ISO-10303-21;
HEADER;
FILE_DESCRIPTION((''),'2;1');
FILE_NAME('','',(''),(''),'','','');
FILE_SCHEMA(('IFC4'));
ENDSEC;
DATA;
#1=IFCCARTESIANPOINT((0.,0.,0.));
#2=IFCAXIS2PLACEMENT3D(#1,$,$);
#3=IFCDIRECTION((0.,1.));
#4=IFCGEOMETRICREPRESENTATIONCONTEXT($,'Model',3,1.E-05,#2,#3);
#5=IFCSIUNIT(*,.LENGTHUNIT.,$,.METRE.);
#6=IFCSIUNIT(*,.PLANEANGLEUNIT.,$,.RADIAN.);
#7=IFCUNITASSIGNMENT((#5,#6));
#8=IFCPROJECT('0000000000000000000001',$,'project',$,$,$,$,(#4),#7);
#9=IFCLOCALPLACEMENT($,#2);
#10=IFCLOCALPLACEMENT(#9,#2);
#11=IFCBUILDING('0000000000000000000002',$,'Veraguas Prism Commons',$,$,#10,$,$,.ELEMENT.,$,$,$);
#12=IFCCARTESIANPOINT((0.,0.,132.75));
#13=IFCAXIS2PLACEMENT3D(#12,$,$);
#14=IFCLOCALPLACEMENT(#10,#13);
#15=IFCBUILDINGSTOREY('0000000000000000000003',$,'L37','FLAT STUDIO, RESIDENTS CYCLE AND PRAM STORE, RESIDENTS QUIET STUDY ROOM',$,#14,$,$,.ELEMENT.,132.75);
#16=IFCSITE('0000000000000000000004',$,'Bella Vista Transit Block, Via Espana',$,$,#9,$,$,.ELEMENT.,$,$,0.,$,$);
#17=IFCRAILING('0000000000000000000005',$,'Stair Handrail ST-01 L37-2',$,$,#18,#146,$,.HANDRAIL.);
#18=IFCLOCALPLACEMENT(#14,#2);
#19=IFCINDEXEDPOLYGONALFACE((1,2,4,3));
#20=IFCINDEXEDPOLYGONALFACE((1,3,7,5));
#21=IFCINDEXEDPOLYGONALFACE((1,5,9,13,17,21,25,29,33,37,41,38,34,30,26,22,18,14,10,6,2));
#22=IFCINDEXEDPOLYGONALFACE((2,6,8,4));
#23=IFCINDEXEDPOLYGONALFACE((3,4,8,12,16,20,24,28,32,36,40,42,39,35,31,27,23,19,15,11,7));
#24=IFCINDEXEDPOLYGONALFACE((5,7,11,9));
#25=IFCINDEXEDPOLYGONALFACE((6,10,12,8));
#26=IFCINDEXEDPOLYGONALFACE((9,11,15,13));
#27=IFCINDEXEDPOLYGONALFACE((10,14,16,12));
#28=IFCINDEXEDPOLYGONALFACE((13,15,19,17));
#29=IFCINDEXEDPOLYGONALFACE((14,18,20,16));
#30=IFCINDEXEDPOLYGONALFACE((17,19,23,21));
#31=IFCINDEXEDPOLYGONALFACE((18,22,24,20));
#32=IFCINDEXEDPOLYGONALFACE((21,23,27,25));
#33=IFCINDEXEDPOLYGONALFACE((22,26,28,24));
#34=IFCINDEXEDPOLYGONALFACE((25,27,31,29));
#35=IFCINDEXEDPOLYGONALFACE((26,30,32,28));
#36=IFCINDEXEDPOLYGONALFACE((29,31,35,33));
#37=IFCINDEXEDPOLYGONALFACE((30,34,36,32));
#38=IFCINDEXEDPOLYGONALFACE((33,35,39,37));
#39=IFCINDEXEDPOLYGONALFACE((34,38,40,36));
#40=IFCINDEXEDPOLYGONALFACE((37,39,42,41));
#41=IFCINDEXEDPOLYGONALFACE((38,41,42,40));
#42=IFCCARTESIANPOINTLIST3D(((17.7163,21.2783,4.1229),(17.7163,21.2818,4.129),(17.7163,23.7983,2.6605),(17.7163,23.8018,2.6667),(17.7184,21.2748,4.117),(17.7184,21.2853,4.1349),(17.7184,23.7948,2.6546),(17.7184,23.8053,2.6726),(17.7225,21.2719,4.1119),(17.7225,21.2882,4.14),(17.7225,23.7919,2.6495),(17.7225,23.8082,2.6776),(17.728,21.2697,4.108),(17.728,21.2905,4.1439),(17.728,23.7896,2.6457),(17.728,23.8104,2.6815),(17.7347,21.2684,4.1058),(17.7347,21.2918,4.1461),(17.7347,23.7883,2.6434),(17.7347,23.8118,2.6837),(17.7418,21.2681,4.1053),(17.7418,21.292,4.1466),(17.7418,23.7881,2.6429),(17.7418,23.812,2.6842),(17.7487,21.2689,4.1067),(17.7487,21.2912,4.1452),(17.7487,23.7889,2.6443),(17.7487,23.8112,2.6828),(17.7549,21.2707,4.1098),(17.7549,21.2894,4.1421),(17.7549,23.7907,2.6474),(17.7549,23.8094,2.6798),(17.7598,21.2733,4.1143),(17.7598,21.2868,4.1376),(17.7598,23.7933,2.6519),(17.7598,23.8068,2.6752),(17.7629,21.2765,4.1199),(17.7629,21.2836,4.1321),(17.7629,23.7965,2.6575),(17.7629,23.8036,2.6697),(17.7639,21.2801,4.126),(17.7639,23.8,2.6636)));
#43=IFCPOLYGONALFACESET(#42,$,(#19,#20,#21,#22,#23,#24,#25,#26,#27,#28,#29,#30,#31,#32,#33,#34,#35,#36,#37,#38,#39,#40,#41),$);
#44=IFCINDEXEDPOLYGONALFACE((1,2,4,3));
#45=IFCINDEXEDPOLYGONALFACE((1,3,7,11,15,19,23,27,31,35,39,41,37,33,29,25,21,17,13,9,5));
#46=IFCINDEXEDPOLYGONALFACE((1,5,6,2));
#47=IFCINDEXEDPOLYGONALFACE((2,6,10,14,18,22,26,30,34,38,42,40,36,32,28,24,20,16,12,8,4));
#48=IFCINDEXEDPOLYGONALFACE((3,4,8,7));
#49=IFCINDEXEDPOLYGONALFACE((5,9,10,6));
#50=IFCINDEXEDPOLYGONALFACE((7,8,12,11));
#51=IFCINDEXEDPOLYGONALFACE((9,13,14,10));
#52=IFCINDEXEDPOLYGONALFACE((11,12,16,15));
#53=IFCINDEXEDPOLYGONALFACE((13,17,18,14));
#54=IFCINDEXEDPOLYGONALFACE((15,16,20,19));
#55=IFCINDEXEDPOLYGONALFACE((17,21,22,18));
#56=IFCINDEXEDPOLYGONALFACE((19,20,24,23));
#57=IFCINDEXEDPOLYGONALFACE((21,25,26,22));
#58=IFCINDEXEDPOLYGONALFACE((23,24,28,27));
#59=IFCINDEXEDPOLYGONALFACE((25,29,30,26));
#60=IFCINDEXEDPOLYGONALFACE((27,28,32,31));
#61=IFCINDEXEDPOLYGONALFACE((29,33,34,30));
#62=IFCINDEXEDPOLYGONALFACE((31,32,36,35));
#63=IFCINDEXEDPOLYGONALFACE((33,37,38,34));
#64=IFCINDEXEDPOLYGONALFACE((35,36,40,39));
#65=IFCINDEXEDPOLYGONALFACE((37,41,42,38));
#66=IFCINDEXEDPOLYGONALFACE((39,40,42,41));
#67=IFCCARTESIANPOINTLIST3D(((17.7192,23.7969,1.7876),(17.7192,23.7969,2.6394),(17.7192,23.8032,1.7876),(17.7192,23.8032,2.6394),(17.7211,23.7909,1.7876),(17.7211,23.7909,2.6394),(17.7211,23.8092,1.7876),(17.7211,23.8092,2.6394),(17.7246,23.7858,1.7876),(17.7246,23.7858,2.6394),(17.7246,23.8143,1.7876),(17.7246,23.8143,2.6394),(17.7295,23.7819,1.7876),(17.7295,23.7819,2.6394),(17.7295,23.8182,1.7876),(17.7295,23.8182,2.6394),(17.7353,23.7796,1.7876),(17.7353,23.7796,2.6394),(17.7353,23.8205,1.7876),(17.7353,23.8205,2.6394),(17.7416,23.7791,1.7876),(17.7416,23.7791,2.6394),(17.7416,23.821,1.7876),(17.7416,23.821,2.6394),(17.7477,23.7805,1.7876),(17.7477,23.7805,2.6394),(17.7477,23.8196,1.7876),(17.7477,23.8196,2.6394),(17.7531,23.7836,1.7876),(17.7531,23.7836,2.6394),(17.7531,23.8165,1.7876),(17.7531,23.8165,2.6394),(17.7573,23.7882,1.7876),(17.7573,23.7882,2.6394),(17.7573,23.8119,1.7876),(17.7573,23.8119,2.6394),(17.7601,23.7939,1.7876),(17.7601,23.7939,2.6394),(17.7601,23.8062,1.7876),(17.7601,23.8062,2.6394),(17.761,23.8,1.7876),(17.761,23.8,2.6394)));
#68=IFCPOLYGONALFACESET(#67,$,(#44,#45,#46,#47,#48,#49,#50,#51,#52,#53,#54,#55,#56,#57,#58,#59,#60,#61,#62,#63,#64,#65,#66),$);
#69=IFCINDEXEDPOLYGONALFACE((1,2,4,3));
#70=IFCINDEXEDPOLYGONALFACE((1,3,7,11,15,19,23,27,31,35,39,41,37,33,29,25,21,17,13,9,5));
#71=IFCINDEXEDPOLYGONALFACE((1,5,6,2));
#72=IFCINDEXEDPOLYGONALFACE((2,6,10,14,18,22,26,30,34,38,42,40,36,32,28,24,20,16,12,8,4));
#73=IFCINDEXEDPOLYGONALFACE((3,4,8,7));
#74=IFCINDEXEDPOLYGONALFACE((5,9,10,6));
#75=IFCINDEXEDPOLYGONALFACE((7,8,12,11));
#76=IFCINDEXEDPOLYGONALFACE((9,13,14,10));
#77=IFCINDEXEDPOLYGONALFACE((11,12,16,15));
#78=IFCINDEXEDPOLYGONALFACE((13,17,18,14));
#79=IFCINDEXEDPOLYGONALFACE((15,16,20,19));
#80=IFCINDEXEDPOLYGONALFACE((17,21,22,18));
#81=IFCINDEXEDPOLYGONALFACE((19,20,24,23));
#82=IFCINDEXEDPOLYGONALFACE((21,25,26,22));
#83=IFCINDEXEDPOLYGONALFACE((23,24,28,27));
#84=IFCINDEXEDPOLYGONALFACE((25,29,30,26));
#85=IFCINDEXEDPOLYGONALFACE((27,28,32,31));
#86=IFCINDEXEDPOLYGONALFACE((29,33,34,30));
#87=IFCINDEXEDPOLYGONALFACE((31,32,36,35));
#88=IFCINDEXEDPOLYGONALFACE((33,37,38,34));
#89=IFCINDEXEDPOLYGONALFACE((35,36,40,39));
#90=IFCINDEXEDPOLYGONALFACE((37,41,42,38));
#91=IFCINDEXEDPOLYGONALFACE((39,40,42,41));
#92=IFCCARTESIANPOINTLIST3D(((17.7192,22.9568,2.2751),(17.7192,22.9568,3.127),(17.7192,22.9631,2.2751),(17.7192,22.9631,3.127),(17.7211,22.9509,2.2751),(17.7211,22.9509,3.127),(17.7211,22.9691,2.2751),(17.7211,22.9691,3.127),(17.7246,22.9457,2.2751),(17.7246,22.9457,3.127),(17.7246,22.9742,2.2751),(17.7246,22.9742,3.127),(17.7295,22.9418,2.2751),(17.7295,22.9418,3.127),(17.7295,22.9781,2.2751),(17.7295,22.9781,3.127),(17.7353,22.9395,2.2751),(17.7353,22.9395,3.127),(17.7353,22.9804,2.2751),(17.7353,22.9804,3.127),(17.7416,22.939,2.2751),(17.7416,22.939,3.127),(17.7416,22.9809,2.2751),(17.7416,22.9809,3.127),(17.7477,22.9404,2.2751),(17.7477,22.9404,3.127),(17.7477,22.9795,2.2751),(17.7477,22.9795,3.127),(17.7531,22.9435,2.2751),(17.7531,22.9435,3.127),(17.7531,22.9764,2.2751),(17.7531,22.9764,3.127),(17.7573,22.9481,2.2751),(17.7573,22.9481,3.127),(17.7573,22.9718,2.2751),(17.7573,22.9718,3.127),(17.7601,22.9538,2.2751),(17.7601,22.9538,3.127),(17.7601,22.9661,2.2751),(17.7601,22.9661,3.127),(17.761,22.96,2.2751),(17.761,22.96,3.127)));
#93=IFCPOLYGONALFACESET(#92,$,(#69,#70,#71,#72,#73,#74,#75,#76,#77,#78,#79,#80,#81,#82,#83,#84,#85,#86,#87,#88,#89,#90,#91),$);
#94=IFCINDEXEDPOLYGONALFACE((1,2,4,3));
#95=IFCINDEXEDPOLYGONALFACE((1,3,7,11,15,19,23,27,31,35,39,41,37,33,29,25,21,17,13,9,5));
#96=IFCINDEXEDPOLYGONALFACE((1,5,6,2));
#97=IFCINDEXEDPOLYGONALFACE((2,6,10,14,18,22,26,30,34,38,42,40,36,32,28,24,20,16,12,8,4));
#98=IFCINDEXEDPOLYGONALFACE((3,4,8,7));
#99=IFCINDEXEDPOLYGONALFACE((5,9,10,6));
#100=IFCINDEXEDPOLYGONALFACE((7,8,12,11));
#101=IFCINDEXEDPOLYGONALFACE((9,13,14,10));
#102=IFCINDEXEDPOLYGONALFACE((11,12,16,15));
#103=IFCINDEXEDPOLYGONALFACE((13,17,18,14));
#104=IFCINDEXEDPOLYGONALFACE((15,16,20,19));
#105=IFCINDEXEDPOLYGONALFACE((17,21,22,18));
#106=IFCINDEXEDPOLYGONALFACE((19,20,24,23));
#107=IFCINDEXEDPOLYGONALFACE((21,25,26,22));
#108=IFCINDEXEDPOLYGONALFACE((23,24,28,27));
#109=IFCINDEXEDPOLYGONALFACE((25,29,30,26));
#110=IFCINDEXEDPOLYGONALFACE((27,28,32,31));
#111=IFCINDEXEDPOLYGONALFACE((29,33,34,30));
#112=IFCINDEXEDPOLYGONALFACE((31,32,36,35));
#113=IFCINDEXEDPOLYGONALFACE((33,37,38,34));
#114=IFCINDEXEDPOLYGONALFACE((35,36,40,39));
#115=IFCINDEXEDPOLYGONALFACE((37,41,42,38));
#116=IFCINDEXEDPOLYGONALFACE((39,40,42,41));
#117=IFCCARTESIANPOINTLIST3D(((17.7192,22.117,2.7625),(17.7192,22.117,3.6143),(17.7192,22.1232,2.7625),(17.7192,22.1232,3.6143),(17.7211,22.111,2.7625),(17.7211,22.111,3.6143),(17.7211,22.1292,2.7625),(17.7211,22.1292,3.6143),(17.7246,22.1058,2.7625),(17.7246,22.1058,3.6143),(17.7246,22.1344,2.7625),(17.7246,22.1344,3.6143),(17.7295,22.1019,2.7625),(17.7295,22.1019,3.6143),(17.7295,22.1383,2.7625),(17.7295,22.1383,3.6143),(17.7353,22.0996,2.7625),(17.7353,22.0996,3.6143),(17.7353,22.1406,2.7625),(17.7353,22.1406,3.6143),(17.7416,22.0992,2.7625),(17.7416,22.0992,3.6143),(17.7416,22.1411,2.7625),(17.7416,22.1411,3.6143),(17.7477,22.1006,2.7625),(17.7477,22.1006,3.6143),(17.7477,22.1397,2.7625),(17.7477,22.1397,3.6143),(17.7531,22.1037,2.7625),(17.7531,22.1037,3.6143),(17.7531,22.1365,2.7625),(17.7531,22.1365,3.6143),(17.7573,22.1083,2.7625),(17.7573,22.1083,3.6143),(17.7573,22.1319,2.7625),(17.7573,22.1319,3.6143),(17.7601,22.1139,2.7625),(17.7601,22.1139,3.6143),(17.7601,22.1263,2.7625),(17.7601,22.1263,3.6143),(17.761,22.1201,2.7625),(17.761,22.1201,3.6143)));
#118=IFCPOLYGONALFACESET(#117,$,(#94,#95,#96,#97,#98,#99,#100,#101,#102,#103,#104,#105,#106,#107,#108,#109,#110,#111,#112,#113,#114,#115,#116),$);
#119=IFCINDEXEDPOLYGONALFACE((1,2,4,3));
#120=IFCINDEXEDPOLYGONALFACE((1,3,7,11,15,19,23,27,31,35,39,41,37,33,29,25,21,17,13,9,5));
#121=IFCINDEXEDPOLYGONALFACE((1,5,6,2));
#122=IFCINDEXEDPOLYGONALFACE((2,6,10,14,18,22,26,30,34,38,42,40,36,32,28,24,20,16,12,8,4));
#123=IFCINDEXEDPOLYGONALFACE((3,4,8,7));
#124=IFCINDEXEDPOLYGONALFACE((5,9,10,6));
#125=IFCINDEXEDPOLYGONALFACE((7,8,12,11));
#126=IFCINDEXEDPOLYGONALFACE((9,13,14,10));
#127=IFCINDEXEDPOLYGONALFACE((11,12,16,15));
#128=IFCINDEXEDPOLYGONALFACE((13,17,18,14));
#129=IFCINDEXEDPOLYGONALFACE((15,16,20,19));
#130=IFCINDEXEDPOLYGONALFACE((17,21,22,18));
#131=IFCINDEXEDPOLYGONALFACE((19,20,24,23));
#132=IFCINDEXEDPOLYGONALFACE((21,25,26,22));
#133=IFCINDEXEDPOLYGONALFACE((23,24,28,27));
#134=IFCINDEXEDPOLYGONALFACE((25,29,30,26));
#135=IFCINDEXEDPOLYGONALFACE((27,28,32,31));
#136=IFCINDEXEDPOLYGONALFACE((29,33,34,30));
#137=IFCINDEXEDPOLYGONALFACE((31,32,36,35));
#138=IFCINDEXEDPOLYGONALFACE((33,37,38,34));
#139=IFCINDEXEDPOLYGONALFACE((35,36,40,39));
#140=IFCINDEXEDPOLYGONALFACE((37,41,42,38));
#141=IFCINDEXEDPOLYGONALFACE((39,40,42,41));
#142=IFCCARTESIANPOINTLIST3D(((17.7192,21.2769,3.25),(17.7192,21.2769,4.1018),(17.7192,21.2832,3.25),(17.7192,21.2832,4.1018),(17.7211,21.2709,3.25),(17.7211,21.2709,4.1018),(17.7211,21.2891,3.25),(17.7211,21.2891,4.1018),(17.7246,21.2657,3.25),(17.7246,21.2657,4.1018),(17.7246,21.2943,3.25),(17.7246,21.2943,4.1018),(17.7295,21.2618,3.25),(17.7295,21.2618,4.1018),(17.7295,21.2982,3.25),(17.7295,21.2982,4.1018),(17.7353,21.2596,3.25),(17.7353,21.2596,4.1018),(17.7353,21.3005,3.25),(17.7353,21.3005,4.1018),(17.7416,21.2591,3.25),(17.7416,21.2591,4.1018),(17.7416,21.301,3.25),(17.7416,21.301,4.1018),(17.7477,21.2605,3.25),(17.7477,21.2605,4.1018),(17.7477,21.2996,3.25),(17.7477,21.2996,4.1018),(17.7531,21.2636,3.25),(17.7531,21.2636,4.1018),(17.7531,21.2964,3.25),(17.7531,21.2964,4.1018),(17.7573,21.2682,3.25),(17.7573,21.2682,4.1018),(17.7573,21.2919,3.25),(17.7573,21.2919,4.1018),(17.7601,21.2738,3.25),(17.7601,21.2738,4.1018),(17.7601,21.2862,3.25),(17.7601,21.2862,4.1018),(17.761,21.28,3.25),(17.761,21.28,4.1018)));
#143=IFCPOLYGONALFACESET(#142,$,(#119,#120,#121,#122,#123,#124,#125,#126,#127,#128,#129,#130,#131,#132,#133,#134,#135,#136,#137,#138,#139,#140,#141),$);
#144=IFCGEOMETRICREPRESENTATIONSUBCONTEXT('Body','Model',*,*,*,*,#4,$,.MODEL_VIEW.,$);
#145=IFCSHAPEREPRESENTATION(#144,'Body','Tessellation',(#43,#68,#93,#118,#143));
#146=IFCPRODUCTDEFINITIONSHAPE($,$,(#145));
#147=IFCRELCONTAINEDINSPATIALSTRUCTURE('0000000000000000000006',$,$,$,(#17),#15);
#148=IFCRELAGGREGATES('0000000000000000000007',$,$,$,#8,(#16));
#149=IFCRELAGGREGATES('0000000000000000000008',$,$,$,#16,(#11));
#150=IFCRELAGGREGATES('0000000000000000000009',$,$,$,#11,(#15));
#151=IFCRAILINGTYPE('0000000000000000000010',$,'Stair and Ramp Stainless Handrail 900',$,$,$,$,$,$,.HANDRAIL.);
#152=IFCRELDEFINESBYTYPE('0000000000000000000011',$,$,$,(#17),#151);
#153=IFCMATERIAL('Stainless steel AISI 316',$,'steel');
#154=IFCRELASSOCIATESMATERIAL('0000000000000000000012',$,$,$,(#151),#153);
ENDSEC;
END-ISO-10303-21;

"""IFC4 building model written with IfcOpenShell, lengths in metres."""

from ifc_helpers import new_model, si_unit, direction, frame, origin, origin_2d, place, context, subcontext, project, spatial, circle, extrude, material, type_object, element, save


model = new_model("IFC4")

# Units and contexts
model_context = context("Model", 3, precision=1e-05, world=origin(), true_north=direction((0.0, 1.0)))
body_context = subcontext(model_context, "Body", "Model", "MODEL_VIEW")
ifc_project = project(units=[si_unit("LENGTHUNIT", "METRE"), si_unit("PLANEANGLEUNIT", "RADIAN")], contexts=[model_context])

# Site, building, storey
site_placement = place(None, origin())
site = spatial("IfcSite", under=ifc_project, at=site_placement, Name="Bella Vista Transit Block, Via Espana", CompositionType="ELEMENT", RefElevation=0.0)
building_placement = place(site_placement, origin())
building = spatial("IfcBuilding", under=site, at=building_placement, Name="Veraguas Prism Commons", CompositionType="ELEMENT")
storey_placement = place(building_placement, frame((0.0, 0.0, 132.75)))
storey = spatial("IfcBuildingStorey", under=building, at=storey_placement, Name="L37", Description="FLAT STUDIO, RESIDENTS CYCLE AND PRAM STORE, RESIDENTS QUIET STUDY ROOM", CompositionType="ELEMENT", Elevation=132.75)

# Railing
ifc_material_1 = material(Name="Stainless steel AISI 316", Category="steel")
railing_type_1 = type_object("IfcRailingType", Name="Stair and Ramp Stainless Handrail 900", PredefinedType="HANDRAIL", material=ifc_material_1)
railing_1_placement = place(storey_placement, frame((17.74, 23.8, 1.7876)))
element("IfcRailing", 1, at=railing_1_placement, inside=storey, type_object=railing_type_1, Name="Stair Handrail ST-01 L37-2", PredefinedType="HANDRAIL", context=body_context, shape_type="SweptSolid", body=[
    extrude(circle(Radius=0.0239, at=origin_2d()), frame((0.0, 0.0, 0.876), z_axis=(0.0, -0.864913, 0.501921), x_axis=(1.0, 0.0, 0.0)), (0.0, 0.0, 1.0), 2.9136),
    extrude(circle(Radius=0.021, at=origin_2d()), origin(), (0.0, 0.0, 1.0), 0.8518),
    extrude(circle(Radius=0.021, at=origin_2d()), frame((0.0, -0.8401, 0.4875)), (0.0, 0.0, 1.0), 0.8518),
    extrude(circle(Radius=0.021, at=origin_2d()), frame((0.0, -1.6799, 0.9749)), (0.0, 0.0, 1.0), 0.8518),
    extrude(circle(Radius=0.021, at=origin_2d()), frame((0.0, -2.52, 1.4624)), (0.0, 0.0, 1.0), 0.8518),
])

save(model, "model.ifc")
